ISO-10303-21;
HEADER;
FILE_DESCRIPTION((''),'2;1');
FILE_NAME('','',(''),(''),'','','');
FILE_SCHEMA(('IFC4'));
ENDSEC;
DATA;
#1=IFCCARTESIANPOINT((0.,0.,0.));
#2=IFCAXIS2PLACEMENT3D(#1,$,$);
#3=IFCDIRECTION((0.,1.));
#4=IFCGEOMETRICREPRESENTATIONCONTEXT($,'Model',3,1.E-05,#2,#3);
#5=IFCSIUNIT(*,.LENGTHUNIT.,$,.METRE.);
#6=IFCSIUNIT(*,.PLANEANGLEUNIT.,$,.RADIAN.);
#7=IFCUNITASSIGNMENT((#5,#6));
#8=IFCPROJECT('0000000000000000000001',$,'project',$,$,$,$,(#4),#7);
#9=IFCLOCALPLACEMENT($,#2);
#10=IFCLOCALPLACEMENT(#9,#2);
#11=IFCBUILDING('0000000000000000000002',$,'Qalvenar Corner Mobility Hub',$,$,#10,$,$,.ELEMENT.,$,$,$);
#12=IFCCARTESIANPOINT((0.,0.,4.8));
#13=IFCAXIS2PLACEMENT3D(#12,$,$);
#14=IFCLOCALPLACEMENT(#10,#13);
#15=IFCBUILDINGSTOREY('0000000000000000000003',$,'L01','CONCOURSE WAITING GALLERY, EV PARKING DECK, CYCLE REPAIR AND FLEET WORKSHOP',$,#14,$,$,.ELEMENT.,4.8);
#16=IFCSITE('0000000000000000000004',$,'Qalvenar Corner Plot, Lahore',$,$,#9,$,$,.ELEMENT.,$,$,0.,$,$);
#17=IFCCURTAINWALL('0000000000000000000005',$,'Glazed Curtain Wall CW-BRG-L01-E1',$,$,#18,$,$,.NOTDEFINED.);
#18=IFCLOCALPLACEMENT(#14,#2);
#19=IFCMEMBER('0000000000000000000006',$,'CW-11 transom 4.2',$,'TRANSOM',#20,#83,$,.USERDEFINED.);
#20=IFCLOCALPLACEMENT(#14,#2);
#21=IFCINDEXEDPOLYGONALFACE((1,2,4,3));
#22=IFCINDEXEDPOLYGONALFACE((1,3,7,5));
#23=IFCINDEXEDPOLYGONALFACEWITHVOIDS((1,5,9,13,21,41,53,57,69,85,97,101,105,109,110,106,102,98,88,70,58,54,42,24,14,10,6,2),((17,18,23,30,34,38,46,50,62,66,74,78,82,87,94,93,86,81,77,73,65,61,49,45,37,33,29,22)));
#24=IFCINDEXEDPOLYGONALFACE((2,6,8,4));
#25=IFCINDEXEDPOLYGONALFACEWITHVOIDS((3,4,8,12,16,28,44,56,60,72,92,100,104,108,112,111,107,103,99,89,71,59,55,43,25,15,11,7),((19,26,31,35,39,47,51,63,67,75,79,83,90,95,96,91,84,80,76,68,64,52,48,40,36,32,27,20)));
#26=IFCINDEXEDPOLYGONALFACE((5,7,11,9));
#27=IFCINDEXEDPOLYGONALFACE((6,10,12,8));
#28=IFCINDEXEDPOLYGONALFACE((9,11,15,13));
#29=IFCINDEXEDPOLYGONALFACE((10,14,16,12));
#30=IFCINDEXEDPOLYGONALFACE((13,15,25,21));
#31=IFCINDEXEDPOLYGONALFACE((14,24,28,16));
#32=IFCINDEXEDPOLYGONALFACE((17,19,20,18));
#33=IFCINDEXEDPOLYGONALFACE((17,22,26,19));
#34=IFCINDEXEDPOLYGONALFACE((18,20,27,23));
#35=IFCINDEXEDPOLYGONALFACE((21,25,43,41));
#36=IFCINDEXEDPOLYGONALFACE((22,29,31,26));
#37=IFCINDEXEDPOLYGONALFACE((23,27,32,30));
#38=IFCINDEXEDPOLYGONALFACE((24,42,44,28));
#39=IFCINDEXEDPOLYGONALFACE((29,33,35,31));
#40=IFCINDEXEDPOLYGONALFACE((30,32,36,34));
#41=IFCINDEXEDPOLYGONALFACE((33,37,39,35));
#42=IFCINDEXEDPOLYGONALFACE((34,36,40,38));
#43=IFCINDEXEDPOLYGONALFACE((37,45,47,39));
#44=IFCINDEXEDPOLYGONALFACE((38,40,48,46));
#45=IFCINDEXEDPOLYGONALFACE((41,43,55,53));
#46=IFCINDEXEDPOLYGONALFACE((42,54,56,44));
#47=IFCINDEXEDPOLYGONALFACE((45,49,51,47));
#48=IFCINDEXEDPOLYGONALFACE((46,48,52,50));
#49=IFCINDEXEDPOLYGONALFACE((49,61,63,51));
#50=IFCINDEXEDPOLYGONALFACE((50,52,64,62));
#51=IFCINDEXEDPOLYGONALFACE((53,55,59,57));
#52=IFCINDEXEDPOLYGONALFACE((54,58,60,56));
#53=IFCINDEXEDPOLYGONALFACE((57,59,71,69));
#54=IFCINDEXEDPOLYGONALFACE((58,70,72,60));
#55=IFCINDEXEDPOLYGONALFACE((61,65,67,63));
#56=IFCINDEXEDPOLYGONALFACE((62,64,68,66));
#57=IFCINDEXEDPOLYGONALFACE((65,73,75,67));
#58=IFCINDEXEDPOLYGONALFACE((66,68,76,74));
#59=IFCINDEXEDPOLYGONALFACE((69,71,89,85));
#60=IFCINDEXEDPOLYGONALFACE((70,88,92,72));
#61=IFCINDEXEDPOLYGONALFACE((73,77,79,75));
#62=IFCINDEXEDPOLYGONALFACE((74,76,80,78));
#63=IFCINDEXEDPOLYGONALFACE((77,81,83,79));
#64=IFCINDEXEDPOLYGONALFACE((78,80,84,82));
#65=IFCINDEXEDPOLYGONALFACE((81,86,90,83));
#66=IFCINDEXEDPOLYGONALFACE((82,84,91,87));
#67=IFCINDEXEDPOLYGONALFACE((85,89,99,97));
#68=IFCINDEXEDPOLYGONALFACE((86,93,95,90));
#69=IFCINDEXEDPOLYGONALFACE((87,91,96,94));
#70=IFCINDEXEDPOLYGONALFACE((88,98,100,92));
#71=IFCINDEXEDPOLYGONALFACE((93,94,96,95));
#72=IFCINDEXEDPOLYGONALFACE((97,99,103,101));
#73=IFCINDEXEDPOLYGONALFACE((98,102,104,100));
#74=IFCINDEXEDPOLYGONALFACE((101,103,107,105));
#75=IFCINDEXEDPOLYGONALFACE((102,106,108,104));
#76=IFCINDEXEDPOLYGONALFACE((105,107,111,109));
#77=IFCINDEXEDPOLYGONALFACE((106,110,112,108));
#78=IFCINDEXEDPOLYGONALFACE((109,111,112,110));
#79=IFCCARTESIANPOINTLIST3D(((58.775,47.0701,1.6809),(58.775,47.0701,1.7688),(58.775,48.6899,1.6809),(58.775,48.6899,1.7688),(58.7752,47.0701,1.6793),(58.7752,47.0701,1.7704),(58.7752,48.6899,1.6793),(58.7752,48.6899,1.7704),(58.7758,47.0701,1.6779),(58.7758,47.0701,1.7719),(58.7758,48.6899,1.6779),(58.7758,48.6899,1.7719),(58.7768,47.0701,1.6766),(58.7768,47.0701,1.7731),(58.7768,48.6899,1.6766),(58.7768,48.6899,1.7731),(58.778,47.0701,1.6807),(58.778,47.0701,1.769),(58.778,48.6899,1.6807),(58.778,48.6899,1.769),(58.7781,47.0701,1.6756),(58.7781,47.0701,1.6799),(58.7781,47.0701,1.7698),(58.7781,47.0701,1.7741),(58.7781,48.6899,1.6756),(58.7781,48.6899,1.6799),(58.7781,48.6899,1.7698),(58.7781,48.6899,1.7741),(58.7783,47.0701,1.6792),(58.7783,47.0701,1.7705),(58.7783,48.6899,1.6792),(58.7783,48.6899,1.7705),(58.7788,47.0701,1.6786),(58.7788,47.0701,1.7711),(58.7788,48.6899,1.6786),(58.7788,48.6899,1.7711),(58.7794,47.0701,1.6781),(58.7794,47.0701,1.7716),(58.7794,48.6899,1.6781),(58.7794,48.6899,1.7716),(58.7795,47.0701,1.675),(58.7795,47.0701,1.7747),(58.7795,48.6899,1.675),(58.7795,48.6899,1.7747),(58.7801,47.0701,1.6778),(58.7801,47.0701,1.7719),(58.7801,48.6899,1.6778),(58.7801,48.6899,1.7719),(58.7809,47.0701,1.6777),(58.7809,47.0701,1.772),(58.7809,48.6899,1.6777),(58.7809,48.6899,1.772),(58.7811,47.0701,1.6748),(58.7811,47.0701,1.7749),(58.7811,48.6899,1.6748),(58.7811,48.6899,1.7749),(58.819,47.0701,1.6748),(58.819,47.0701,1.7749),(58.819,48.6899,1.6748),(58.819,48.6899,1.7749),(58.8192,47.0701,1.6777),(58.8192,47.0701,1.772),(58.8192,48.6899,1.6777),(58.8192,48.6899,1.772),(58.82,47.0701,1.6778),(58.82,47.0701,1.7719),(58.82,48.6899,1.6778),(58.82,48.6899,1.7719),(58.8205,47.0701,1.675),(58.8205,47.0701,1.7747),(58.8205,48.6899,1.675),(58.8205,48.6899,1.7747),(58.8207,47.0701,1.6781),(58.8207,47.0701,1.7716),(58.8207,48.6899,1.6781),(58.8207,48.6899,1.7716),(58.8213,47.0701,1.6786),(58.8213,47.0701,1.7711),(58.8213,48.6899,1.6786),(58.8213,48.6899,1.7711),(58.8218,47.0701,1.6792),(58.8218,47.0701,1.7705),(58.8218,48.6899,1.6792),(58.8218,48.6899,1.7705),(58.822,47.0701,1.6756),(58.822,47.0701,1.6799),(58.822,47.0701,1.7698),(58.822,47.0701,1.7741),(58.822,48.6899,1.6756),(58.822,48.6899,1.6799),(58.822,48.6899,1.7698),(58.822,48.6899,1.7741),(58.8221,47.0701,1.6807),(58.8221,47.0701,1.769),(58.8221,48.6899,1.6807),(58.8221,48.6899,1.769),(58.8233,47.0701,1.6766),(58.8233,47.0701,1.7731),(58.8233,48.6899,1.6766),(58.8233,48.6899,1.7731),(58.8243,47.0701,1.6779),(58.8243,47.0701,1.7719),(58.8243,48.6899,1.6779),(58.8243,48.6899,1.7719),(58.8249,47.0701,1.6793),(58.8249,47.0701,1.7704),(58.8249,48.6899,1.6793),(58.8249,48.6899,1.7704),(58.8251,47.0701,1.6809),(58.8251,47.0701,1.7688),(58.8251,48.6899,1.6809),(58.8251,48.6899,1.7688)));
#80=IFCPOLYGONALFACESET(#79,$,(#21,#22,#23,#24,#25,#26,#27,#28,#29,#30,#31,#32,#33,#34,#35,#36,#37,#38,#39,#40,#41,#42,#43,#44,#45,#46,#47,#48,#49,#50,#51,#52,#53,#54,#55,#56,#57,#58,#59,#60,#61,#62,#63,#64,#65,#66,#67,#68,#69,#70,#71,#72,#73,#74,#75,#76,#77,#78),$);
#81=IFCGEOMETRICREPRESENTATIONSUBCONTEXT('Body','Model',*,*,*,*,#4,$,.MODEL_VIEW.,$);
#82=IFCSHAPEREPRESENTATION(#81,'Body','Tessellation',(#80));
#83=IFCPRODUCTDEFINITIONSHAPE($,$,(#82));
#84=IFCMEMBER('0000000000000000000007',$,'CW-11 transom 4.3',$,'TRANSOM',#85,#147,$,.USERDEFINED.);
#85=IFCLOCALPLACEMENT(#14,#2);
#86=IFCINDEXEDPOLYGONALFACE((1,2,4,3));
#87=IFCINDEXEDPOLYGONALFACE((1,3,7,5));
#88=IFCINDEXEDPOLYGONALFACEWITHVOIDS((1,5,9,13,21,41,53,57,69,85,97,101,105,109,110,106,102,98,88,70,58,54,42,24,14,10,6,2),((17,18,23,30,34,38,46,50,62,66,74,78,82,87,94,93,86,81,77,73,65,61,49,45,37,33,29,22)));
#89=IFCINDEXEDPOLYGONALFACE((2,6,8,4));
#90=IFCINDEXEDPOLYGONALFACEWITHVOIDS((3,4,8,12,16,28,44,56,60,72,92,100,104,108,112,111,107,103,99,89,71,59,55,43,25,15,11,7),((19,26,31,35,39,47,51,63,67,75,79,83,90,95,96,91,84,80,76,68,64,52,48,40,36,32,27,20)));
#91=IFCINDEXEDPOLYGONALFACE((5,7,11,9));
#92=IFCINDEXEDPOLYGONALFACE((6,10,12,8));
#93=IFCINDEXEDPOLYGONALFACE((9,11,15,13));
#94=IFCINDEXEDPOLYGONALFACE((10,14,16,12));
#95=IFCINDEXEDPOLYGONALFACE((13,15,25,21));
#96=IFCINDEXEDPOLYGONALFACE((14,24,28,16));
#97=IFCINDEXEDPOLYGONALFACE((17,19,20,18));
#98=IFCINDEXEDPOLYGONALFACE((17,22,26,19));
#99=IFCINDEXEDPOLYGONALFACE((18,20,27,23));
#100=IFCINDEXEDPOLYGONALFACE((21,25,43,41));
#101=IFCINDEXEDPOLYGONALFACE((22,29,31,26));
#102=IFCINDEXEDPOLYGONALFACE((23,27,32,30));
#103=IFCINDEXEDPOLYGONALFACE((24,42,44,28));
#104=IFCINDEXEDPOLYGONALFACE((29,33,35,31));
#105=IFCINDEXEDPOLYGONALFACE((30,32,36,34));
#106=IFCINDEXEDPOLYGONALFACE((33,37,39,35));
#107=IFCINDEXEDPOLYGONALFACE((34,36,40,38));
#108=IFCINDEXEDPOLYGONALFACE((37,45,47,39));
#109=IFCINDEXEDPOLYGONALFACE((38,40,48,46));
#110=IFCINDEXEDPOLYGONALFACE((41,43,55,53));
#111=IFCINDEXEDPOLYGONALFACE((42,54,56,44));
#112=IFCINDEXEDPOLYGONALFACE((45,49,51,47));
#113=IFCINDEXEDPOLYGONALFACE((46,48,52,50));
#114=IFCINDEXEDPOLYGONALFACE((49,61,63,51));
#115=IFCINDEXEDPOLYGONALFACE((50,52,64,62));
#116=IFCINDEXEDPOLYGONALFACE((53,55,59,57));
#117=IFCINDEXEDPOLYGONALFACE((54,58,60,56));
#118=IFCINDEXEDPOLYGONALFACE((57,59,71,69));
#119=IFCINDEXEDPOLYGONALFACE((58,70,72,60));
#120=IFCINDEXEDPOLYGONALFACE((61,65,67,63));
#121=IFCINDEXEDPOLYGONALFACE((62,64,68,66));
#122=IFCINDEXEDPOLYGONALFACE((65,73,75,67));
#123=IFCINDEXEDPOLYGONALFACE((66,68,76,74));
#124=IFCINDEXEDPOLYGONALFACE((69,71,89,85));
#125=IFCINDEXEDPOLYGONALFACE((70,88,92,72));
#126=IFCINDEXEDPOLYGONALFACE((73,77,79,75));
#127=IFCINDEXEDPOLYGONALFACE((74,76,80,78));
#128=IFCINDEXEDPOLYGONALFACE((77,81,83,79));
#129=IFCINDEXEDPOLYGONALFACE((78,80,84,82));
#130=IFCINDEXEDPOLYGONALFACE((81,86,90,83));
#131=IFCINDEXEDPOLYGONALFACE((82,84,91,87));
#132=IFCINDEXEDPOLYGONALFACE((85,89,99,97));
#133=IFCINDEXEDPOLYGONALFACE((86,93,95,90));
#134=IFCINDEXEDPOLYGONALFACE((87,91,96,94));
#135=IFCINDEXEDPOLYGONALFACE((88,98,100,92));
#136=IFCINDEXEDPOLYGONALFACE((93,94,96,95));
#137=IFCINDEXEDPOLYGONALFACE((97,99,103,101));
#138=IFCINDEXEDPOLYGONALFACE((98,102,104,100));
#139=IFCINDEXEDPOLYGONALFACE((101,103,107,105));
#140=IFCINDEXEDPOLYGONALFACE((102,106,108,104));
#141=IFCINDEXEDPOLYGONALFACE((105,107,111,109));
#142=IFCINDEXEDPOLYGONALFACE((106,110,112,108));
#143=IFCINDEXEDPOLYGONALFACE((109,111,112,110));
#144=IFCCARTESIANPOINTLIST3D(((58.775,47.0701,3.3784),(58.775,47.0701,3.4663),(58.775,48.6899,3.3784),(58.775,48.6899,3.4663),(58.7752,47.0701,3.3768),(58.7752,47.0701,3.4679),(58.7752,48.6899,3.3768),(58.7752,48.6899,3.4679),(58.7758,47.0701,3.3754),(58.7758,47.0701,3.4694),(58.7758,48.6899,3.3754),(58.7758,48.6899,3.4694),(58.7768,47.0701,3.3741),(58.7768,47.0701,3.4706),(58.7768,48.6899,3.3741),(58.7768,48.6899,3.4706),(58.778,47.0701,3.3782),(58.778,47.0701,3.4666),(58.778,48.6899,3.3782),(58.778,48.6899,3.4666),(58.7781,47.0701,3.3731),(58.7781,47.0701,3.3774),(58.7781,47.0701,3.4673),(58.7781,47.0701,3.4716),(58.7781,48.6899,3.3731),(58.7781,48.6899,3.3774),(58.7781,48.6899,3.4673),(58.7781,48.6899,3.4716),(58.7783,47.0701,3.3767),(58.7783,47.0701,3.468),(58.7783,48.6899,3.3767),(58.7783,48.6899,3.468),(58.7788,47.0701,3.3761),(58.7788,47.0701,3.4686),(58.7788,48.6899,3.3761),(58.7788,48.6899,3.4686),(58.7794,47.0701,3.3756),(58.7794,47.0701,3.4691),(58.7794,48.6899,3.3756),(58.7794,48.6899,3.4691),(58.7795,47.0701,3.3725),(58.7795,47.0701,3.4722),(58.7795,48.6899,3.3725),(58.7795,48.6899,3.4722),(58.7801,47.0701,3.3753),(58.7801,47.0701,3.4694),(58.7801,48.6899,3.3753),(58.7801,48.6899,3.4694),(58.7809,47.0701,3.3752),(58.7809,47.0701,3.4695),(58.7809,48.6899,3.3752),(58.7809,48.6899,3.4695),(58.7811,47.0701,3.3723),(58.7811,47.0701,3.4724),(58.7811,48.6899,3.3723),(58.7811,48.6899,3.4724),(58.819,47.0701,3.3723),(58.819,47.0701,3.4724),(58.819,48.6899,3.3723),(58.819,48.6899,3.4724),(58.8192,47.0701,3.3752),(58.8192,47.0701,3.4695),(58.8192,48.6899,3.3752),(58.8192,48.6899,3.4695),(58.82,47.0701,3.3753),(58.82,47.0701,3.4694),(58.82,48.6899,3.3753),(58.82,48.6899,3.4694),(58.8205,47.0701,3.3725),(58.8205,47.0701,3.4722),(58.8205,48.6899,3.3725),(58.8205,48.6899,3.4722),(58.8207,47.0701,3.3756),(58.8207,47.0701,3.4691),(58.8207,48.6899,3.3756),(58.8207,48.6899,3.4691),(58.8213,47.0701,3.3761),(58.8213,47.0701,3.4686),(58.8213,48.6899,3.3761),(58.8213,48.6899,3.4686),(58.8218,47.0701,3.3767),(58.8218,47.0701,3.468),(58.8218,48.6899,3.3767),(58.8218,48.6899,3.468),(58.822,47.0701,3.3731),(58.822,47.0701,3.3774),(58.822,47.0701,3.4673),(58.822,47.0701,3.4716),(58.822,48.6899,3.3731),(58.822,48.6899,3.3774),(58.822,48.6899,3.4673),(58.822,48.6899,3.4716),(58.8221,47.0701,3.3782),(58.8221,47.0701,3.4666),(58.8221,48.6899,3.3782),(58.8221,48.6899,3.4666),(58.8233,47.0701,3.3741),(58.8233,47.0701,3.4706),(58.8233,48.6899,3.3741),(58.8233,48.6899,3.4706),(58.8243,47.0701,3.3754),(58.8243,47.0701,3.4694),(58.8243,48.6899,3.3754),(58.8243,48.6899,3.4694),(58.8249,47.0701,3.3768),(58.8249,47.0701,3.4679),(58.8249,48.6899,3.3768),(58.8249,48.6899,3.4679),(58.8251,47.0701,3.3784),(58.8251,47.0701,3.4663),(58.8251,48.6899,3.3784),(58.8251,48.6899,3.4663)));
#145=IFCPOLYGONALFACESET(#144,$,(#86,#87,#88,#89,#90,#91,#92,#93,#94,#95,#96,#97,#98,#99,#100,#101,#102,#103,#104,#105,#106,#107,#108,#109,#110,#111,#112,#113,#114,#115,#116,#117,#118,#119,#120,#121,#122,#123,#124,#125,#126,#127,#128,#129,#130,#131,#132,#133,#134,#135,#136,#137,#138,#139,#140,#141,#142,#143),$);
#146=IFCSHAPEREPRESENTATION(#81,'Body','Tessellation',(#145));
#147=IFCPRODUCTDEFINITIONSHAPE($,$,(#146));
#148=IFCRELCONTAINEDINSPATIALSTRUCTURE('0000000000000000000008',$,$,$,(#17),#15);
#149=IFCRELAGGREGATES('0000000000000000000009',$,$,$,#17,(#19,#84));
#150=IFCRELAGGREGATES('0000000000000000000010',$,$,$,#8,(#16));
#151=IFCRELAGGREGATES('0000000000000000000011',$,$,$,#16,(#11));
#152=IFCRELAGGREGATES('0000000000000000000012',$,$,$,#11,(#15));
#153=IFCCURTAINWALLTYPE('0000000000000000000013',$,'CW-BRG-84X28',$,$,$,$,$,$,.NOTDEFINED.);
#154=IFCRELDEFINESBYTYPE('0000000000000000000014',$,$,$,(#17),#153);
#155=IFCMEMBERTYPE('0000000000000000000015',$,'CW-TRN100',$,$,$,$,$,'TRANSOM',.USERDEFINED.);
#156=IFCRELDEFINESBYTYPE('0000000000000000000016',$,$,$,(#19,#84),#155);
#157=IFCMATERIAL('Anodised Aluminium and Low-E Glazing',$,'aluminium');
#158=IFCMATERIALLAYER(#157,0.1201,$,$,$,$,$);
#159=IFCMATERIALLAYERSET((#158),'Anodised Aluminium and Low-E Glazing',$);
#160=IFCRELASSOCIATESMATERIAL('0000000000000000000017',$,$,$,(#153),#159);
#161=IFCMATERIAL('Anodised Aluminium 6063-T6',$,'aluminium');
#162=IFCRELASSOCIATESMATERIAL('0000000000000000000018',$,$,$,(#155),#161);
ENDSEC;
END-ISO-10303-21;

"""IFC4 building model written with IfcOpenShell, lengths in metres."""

from ifc_helpers import new_model, si_unit, direction, frame, origin, origin_2d, place, context, subcontext, project, spatial, hollow_rectangle, extrude, material, layer, layer_set, material_profile, profile_set, type_object, element, aggregate, save


model = new_model("IFC4")

# Units and contexts
model_context = context("Model", 3, precision=1e-05, world=origin(), true_north=direction((0.0, 1.0)))
body_context = subcontext(model_context, "Body", "Model", "MODEL_VIEW")
ifc_project = project(units=[si_unit("LENGTHUNIT", "METRE"), si_unit("PLANEANGLEUNIT", "RADIAN")], contexts=[model_context])

# Site, building, storey
site_placement = place(None, origin())
site = spatial("IfcSite", under=ifc_project, at=site_placement, Name="Qalvenar Corner Plot, Lahore", CompositionType="ELEMENT", RefElevation=0.0)
building_placement = place(site_placement, origin())
building = spatial("IfcBuilding", under=site, at=building_placement, Name="Qalvenar Corner Mobility Hub", CompositionType="ELEMENT")
storey_placement = place(building_placement, frame((0.0, 0.0, 4.8)))
storey = spatial("IfcBuildingStorey", under=building, at=storey_placement, Name="L01", Description="CONCOURSE WAITING GALLERY, EV PARKING DECK, CYCLE REPAIR AND FLEET WORKSHOP", CompositionType="ELEMENT", Elevation=4.8)

# Curtain wall
ifc_material_1 = material(Name="Anodised Aluminium and Low-E Glazing", Category="aluminium")
ifc_layer_1 = layer(ifc_material_1, 0.1201)
ifc_layer_set_1 = layer_set([ifc_layer_1], Name="Anodised Aluminium and Low-E Glazing")
curtain_wall_type_1 = type_object("IfcCurtainWallType", Name="CW-BRG-84X28", PredefinedType="NOTDEFINED", material=ifc_layer_set_1)
curtain_wall_1_placement = place(storey_placement, origin())
curtain_wall_1 = element("IfcCurtainWall", 1, at=curtain_wall_1_placement, inside=storey, type_object=curtain_wall_type_1, Name="Glazed Curtain Wall CW-BRG-L01-E1", PredefinedType="NOTDEFINED")
ifc_material_2 = material(Name="Anodised Aluminium 6063-T6", Category="aluminium")

# Members
ifc_material_profile_1 = material_profile(ifc_material_2, hollow_rectangle(XDim=0.05, YDim=0.1001, WallThickness=0.0029, InnerFilletRadius=0.0029, OuterFilletRadius=0.0061, at=origin_2d()), Name="RHS100x50x3")
ifc_profile_set_1 = profile_set([ifc_material_profile_1], Name="Anodised Aluminium 6063-T6")
member_type_1 = type_object("IfcMemberType", Name="CW-TRN100", ElementType="TRANSOM", PredefinedType="USERDEFINED", material=ifc_profile_set_1)
member_1_placement = place(storey_placement, frame((58.8, 47.0701, 1.7249), z_axis=(0.0, 1.0, 0.0), x_axis=(-1.0, 0.0, 0.0)))
member_1 = element("IfcMember", 2, at=member_1_placement, type_object=member_type_1, Name="CW-11 transom 4.2", ObjectType="TRANSOM", PredefinedType="USERDEFINED", context=body_context, shape_type="SweptSolid", body=[
    extrude(hollow_rectangle(XDim=0.05, YDim=0.1001, WallThickness=0.0029, InnerFilletRadius=0.0029, OuterFilletRadius=0.0061, at=origin_2d()), origin(), (0.0, 0.0, 1.0), 1.6199),
])
member_2_placement = place(storey_placement, frame((58.8, 47.0701, 3.4224), z_axis=(0.0, 1.0, 0.0), x_axis=(-1.0, 0.0, 0.0)))
member_2 = element("IfcMember", 3, at=member_2_placement, type_object=member_type_1, Name="CW-11 transom 4.3", ObjectType="TRANSOM", PredefinedType="USERDEFINED", context=body_context, shape_type="SweptSolid", body=[
    extrude(hollow_rectangle(XDim=0.05, YDim=0.1001, WallThickness=0.0029, InnerFilletRadius=0.0029, OuterFilletRadius=0.0061, at=origin_2d()), origin(), (0.0, 0.0, 1.0), 1.6199),
])

aggregate(curtain_wall_1, [member_1, member_2])

save(model, "model.ifc")
